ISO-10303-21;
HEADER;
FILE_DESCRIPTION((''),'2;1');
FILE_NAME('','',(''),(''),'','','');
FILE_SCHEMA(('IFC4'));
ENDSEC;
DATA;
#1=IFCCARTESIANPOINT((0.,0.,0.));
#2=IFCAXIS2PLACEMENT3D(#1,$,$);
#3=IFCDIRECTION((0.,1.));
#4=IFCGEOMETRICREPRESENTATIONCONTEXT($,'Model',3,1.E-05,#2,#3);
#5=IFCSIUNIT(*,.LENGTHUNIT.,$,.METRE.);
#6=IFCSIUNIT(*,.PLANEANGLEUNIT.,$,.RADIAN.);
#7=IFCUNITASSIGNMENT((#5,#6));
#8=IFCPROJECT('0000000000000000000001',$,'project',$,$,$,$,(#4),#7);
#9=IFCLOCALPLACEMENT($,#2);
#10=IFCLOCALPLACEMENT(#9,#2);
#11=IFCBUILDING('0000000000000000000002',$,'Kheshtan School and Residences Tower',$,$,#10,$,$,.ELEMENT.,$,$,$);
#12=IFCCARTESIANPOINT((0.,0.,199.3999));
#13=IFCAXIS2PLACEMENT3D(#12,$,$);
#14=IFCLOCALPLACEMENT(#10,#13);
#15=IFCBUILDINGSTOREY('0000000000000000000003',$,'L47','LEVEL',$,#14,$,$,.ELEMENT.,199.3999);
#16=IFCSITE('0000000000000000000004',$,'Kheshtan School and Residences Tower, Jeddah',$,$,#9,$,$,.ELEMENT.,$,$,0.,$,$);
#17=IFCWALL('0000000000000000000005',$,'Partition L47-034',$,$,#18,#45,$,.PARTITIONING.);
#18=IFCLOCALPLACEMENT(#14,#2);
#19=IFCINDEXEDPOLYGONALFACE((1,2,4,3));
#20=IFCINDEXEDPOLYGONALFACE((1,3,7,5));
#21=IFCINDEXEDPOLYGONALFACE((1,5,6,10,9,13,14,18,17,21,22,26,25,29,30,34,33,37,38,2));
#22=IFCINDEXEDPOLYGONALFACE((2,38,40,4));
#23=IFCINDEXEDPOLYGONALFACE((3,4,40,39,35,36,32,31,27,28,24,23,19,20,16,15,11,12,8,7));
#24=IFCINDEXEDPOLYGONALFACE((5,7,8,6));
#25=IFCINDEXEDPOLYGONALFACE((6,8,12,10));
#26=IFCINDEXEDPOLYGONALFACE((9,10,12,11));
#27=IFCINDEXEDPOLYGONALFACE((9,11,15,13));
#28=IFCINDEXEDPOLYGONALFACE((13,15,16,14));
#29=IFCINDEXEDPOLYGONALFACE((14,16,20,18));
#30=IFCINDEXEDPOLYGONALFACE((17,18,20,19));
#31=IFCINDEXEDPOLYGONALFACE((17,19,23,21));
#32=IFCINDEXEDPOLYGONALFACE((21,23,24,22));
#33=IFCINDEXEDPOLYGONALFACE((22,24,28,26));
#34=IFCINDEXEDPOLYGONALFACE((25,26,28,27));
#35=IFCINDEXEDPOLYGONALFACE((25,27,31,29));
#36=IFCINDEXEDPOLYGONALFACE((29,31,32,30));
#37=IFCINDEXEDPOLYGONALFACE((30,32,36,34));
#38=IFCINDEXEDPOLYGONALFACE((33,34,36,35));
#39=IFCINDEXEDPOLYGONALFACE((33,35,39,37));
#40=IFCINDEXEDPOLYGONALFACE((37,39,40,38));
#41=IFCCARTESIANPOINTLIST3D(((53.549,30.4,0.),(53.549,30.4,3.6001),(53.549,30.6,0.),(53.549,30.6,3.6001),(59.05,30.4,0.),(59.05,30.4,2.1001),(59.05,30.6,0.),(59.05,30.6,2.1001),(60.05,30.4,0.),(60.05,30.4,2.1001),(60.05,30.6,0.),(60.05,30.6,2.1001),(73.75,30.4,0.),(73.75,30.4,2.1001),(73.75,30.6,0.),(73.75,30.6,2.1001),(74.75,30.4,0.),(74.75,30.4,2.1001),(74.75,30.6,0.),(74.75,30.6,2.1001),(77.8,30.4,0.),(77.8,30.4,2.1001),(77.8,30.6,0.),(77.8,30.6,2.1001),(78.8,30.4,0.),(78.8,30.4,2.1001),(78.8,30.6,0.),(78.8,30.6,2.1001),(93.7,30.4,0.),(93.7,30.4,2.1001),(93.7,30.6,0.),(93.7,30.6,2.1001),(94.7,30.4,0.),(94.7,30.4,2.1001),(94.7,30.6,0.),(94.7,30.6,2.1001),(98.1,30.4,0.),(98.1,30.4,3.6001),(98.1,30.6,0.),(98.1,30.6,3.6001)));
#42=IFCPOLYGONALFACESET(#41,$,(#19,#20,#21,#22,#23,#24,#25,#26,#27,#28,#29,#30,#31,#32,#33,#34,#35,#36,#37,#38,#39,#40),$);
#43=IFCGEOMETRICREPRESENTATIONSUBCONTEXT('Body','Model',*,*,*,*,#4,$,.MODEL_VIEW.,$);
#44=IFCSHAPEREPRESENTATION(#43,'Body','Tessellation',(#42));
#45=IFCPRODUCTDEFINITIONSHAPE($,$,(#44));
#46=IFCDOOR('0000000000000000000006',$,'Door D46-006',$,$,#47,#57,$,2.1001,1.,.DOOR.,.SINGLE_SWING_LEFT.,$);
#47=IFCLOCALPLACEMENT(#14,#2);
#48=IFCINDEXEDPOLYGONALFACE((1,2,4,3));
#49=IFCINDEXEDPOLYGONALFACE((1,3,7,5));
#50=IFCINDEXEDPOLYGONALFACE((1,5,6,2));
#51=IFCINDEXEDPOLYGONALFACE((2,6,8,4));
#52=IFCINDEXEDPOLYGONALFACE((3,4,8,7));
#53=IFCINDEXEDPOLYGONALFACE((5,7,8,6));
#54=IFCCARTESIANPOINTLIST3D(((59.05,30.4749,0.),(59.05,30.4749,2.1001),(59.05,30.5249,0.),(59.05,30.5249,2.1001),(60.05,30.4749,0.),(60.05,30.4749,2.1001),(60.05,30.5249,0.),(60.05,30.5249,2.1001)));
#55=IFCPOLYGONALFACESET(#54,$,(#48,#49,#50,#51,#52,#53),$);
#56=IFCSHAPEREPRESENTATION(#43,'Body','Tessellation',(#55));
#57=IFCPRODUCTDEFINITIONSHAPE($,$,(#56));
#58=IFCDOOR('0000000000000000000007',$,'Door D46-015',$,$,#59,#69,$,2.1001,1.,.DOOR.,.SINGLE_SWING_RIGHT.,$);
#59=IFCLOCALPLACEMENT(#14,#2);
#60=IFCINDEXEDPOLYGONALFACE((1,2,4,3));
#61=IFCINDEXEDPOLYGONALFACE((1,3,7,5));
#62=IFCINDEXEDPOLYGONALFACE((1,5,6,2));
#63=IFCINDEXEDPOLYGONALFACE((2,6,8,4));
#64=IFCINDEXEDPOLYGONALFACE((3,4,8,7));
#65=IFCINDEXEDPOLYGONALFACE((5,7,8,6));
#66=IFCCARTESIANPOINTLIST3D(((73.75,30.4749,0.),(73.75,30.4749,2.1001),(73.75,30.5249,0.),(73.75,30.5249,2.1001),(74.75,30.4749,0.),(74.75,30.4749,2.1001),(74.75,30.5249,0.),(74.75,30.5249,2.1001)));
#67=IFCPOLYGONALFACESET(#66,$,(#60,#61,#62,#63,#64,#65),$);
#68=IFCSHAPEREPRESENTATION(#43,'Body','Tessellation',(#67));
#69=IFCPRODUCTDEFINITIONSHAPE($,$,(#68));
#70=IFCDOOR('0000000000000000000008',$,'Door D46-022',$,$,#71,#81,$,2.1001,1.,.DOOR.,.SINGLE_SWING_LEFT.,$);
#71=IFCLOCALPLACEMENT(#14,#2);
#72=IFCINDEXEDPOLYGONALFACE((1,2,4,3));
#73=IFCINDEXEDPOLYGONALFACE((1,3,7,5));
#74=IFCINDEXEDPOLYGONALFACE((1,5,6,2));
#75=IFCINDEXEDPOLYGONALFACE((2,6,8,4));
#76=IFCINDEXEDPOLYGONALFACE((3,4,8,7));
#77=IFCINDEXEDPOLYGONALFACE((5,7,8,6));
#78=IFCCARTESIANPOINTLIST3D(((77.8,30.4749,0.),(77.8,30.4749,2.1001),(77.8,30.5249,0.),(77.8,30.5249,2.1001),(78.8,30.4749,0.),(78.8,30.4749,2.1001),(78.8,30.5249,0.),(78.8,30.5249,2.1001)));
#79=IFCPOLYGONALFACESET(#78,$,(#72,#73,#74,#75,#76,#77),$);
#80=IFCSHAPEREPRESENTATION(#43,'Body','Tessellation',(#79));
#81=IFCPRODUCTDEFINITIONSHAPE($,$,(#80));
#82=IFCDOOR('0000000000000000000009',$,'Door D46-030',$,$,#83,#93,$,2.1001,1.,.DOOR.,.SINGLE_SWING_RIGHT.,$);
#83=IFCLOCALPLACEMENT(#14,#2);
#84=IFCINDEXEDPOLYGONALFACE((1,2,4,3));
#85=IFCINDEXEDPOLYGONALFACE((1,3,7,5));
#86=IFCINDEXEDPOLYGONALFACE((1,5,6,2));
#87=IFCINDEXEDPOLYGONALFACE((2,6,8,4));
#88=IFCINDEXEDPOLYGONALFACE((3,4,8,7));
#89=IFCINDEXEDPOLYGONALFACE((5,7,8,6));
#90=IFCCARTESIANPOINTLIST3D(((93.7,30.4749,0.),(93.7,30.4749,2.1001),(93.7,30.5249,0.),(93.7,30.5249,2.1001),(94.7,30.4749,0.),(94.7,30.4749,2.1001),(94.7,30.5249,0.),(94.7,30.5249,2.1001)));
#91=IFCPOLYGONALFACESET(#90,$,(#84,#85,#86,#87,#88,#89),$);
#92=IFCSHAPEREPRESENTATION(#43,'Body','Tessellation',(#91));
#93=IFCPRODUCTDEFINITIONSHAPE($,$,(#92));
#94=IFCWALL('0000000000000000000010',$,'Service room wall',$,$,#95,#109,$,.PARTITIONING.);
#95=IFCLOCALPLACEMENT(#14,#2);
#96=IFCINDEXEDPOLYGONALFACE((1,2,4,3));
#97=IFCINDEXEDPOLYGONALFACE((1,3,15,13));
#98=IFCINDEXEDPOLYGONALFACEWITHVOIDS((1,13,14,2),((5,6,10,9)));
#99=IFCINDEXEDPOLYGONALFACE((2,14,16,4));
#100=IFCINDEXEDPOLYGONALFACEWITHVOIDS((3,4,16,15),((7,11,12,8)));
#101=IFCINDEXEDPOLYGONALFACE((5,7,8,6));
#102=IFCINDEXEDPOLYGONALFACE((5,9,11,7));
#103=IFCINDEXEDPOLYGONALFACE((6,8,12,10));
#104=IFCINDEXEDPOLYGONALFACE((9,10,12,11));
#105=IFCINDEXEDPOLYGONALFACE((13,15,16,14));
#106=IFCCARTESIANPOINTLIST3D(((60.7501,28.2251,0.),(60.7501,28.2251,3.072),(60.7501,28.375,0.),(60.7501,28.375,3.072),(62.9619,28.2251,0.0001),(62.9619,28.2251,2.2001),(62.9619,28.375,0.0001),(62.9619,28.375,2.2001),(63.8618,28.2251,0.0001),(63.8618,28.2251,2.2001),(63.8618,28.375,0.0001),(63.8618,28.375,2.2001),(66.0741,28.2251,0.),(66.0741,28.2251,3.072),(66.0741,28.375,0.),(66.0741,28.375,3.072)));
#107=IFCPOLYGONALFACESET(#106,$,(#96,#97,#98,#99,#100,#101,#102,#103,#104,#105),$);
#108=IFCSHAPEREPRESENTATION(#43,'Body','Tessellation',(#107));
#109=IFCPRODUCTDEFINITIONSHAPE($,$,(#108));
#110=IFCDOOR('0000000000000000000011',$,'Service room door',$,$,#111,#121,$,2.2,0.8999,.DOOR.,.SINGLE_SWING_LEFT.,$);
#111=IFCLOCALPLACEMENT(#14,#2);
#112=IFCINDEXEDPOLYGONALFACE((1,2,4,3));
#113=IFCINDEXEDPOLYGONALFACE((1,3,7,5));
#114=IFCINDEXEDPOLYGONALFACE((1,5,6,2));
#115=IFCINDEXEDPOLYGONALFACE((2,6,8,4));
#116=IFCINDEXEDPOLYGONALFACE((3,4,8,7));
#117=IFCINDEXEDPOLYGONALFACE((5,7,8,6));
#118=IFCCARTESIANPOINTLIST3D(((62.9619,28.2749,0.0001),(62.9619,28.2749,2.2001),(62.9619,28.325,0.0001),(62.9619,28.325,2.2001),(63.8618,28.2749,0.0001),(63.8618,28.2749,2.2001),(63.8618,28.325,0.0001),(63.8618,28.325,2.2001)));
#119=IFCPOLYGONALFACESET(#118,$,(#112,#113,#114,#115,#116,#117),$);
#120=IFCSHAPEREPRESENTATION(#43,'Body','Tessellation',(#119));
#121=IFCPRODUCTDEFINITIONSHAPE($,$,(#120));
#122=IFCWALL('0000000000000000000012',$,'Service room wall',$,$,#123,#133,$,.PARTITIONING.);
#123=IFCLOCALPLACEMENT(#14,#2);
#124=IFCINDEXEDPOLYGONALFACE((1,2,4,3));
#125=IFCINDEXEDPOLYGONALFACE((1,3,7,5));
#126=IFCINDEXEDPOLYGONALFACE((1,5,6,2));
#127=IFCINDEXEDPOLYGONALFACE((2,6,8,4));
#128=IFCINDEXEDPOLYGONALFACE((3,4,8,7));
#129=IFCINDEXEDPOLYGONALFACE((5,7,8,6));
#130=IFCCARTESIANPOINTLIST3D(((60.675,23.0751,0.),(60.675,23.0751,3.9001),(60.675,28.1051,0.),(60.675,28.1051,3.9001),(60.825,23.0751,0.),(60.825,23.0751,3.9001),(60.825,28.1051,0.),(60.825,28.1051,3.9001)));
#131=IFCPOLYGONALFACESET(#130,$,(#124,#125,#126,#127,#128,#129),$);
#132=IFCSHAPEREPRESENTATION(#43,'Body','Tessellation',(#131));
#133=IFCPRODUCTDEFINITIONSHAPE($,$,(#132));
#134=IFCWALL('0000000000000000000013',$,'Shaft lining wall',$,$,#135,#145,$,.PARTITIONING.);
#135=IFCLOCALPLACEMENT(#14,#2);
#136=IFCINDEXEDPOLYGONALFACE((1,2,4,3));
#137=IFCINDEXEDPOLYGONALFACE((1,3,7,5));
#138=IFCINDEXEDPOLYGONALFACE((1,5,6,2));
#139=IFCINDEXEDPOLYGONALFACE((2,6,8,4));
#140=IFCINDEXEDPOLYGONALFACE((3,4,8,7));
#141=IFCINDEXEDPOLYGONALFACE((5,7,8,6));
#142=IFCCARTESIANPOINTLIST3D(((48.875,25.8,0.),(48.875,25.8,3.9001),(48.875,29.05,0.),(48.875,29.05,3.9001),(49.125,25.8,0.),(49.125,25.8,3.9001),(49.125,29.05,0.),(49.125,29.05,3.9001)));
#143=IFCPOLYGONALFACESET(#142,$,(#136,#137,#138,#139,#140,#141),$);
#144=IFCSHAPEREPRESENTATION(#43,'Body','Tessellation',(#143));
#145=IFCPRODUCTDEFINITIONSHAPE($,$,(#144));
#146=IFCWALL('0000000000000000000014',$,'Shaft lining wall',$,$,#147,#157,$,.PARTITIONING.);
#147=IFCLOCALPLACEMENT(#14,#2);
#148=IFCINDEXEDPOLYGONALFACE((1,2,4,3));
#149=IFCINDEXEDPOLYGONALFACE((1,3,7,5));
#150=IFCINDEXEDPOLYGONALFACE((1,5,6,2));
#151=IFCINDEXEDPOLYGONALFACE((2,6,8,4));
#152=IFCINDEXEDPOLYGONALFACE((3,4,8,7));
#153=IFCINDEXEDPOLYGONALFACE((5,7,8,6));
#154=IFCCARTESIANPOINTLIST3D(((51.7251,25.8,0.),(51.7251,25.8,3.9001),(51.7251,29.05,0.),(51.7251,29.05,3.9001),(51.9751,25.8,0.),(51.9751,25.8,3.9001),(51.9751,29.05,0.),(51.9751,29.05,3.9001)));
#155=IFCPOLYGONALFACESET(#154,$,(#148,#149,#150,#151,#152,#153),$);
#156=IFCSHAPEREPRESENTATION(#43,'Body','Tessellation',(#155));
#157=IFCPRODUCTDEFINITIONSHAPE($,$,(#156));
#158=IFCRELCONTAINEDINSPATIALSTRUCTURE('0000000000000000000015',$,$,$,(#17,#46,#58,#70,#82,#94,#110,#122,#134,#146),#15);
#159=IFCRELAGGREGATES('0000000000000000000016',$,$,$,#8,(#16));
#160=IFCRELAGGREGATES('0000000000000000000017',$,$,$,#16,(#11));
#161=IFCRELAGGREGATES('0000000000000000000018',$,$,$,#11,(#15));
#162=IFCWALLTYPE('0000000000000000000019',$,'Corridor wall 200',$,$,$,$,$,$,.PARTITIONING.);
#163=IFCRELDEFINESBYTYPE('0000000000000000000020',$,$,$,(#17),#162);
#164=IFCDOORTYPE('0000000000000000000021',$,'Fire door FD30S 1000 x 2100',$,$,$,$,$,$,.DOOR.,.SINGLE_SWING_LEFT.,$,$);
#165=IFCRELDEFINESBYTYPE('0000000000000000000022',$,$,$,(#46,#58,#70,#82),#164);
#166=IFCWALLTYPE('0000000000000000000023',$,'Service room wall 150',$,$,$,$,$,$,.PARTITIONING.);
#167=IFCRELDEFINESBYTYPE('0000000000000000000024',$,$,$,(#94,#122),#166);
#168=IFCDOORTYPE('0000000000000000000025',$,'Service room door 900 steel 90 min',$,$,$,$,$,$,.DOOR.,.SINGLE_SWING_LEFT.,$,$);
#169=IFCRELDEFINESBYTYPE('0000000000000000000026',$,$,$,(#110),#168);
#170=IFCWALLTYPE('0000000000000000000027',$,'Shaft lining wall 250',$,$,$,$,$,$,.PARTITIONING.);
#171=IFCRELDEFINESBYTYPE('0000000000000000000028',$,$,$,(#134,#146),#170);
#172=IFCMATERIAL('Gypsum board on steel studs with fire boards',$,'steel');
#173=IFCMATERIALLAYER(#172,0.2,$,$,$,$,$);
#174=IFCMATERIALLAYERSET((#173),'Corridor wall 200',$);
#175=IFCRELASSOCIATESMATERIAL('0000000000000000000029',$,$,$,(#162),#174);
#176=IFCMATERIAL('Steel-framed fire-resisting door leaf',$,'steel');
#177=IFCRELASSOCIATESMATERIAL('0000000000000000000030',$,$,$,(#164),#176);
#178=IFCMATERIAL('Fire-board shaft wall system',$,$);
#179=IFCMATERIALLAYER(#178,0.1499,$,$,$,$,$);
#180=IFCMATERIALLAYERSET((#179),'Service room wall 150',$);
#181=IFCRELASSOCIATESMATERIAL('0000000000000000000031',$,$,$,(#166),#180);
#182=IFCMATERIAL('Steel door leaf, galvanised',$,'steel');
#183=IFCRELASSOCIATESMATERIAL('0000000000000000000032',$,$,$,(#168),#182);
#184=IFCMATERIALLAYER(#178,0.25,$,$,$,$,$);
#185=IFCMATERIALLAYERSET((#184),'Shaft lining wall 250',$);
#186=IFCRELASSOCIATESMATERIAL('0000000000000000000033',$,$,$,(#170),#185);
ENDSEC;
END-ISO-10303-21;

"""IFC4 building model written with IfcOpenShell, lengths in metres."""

from ifc_helpers import new_model, si_unit, direction, frame, frame_2d, origin, place, context, subcontext, project, spatial, rectangle, extrude, source, transform, mapped, material, layer, layer_set, type_object, element, fill, save


model = new_model("IFC4")

# Units and contexts
model_context = context("Model", 3, precision=1e-05, world=origin(), true_north=direction((0.0, 1.0)))
body_context = subcontext(model_context, "Body", "Model", "MODEL_VIEW")
ifc_project = project(units=[si_unit("LENGTHUNIT", "METRE"), si_unit("PLANEANGLEUNIT", "RADIAN")], contexts=[model_context])

# Site, building, storey
site_placement = place(None, origin())
site = spatial("IfcSite", under=ifc_project, at=site_placement, Name="Kheshtan School and Residences Tower, Jeddah", CompositionType="ELEMENT", RefElevation=0.0)
building_placement = place(site_placement, origin())
building = spatial("IfcBuilding", under=site, at=building_placement, Name="Kheshtan School and Residences Tower", CompositionType="ELEMENT")
storey_placement = place(building_placement, frame((0.0, 0.0, 199.3999)))
storey = spatial("IfcBuildingStorey", under=building, at=storey_placement, Name="L47", Description="LEVEL", CompositionType="ELEMENT", Elevation=199.3999)

# Shared definitions
ifc_material_1 = material(Name="Gypsum board on steel studs with fire boards", Category="steel")
ifc_layer_1 = layer(ifc_material_1, 0.2)
ifc_layer_set_1 = layer_set([ifc_layer_1], Name="Corridor wall 200")
wall_type_1 = type_object("IfcWallType", Name="Corridor wall 200", PredefinedType="PARTITIONING", material=ifc_layer_set_1)
ifc_material_2 = material(Name="Steel-framed fire-resisting door leaf", Category="steel")

# Wall, openings, doors
wall_1_placement = place(storey_placement, frame((53.5491, 30.5, 0.0), z_axis=(0.0, 0.0, 1.0), x_axis=(1.0, 0.0, 0.0)))
wall_1 = element("IfcWall", 1, at=wall_1_placement, inside=storey, type_object=wall_type_1, Name="Partition L47-034", PredefinedType="PARTITIONING", context=body_context, shape_type="SweptSolid", body=[
    extrude(rectangle(XDim=44.551, YDim=0.2, at=frame_2d((22.2754, 0.0))), origin(), (0.0, 0.0, 1.0), 3.6001),
])
opening_1_placement = place(wall_1_placement, frame((5.501, 0.0, 0.0)))
opening_1 = element("IfcOpeningElement", 2, at=opening_1_placement, cuts=wall_1, PredefinedType="OPENING", context=body_context, shape_type="SweptSolid", body=[
    extrude(rectangle(XDim=1.0, YDim=2.1001, at=frame_2d((0.5, 1.05))), frame((0.0, 0.1099, 0.0), z_axis=(0.0, -1.0, 0.0), x_axis=(1.0, 0.0, 0.0)), (0.0, 0.0, 1.0), 0.22),
])
opening_2_placement = place(wall_1_placement, frame((20.2009, 0.0, 0.0)))
opening_2 = element("IfcOpeningElement", 3, at=opening_2_placement, cuts=wall_1, PredefinedType="OPENING", context=body_context, shape_type="SweptSolid", body=[
    extrude(rectangle(XDim=1.0, YDim=2.1001, at=frame_2d((0.5, 1.05))), frame((0.0, 0.1099, 0.0), z_axis=(0.0, -1.0, 0.0), x_axis=(1.0, 0.0, 0.0)), (0.0, 0.0, 1.0), 0.22),
])
opening_3_placement = place(wall_1_placement, frame((24.251, 0.0, 0.0)))
opening_3 = element("IfcOpeningElement", 4, at=opening_3_placement, cuts=wall_1, PredefinedType="OPENING", context=body_context, shape_type="SweptSolid", body=[
    extrude(rectangle(XDim=1.0, YDim=2.1001, at=frame_2d((0.5, 1.05))), frame((0.0, 0.1099, 0.0), z_axis=(0.0, -1.0, 0.0), x_axis=(1.0, 0.0, 0.0)), (0.0, 0.0, 1.0), 0.22),
])
opening_4_placement = place(wall_1_placement, frame((40.1509, 0.0, 0.0)))
opening_4 = element("IfcOpeningElement", 5, at=opening_4_placement, cuts=wall_1, PredefinedType="OPENING", context=body_context, shape_type="SweptSolid", body=[
    extrude(rectangle(XDim=1.0, YDim=2.1001, at=frame_2d((0.5, 1.05))), frame((0.0, 0.1099, 0.0), z_axis=(0.0, -1.0, 0.0), x_axis=(1.0, 0.0, 0.0)), (0.0, 0.0, 1.0), 0.22),
])
door_type_1 = type_object("IfcDoorType", Name="Fire door FD30S 1000 x 2100", OperationType="SINGLE_SWING_LEFT", PredefinedType="DOOR", material=ifc_material_2)
shared_shape_1 = source(origin(), body_context, "Body", "SweptSolid", [
    extrude(rectangle(XDim=1.0, YDim=2.1001, at=frame_2d((0.5, 1.05))), frame((0.0, 0.0249, 0.0), z_axis=(0.0, -1.0, 0.0), x_axis=(1.0, 0.0, 0.0)), (0.0, 0.0, 1.0), 0.05),
])
door_1_placement = place(opening_1_placement, origin())
door_1 = element("IfcDoor", 6, at=door_1_placement, inside=storey, type_object=door_type_1, Name="Door D46-006", OperationType="SINGLE_SWING_LEFT", OverallHeight=2.1001, OverallWidth=1.0, PredefinedType="DOOR", context=body_context, shape_type="MappedRepresentation", body=[
    mapped(shared_shape_1, transform((0.0, 0.0, 0.0), x_axis=(1.0, 0.0, 0.0), y_axis=(0.0, 1.0, 0.0), z_axis=(0.0, 0.0, 1.0), scale=1.0)),
])
fill(opening_1, door_1)
door_2_placement = place(opening_2_placement, origin())
door_2 = element("IfcDoor", 7, at=door_2_placement, inside=storey, type_object=door_type_1, Name="Door D46-015", OperationType="SINGLE_SWING_RIGHT", OverallHeight=2.1001, OverallWidth=1.0, PredefinedType="DOOR", context=body_context, shape_type="MappedRepresentation", body=[
    mapped(shared_shape_1, transform((0.0, 0.0, 0.0), x_axis=(1.0, 0.0, 0.0), y_axis=(0.0, 1.0, 0.0), z_axis=(0.0, 0.0, 1.0), scale=1.0)),
])
fill(opening_2, door_2)
door_3_placement = place(opening_3_placement, origin())
door_3 = element("IfcDoor", 8, at=door_3_placement, inside=storey, type_object=door_type_1, Name="Door D46-022", OperationType="SINGLE_SWING_LEFT", OverallHeight=2.1001, OverallWidth=1.0, PredefinedType="DOOR", context=body_context, shape_type="MappedRepresentation", body=[
    mapped(shared_shape_1, transform((0.0, 0.0, 0.0), x_axis=(1.0, 0.0, 0.0), y_axis=(0.0, 1.0, 0.0), z_axis=(0.0, 0.0, 1.0), scale=1.0)),
])
fill(opening_3, door_3)
door_4_placement = place(opening_4_placement, origin())
door_4 = element("IfcDoor", 9, at=door_4_placement, inside=storey, type_object=door_type_1, Name="Door D46-030", OperationType="SINGLE_SWING_RIGHT", OverallHeight=2.1001, OverallWidth=1.0, PredefinedType="DOOR", context=body_context, shape_type="MappedRepresentation", body=[
    mapped(shared_shape_1, transform((0.0, 0.0, 0.0), x_axis=(1.0, 0.0, 0.0), y_axis=(0.0, 1.0, 0.0), z_axis=(0.0, 0.0, 1.0), scale=1.0)),
])
fill(opening_4, door_4)

# Wall, opening, door
ifc_material_3 = material(Name="Fire-board shaft wall system")
ifc_layer_2 = layer(ifc_material_3, 0.1499)
ifc_layer_set_2 = layer_set([ifc_layer_2], Name="Service room wall 150")
wall_type_2 = type_object("IfcWallType", Name="Service room wall 150", PredefinedType="PARTITIONING", material=ifc_layer_set_2)
wall_2_placement = place(storey_placement, frame((60.75, 28.3, 0.0), z_axis=(0.0, 0.0, 1.0), x_axis=(1.0, 0.0, 0.0)))
wall_2 = element("IfcWall", 10, at=wall_2_placement, inside=storey, type_object=wall_type_2, Name="Service room wall", PredefinedType="PARTITIONING", context=body_context, shape_type="SweptSolid", body=[
    extrude(rectangle(XDim=5.324, YDim=0.1499, at=frame_2d((2.6621, 0.0))), origin(), (0.0, 0.0, 1.0), 3.072),
])
opening_5_placement = place(wall_2_placement, frame((2.2119, 0.0, 0.0)))
opening_5 = element("IfcOpeningElement", 11, at=opening_5_placement, cuts=wall_2, PredefinedType="OPENING", context=body_context, shape_type="SweptSolid", body=[
    extrude(rectangle(XDim=0.8999, YDim=2.2, at=frame_2d((0.45, 1.1001))), frame((0.0, 0.085, 0.0), z_axis=(0.0, -1.0, 0.0), x_axis=(1.0, 0.0, 0.0)), (0.0, 0.0, 1.0), 0.1699),
])
ifc_material_4 = material(Name="Steel door leaf, galvanised", Category="steel")
door_type_2 = type_object("IfcDoorType", Name="Service room door 900 steel 90 min", OperationType="SINGLE_SWING_LEFT", PredefinedType="DOOR", material=ifc_material_4)
shared_shape_2 = source(origin(), body_context, "Body", "SweptSolid", [
    extrude(rectangle(XDim=0.8999, YDim=2.2, at=frame_2d((0.45, 1.1001))), frame((0.0, 0.0249, 0.0), z_axis=(0.0, -1.0, 0.0), x_axis=(1.0, 0.0, 0.0)), (0.0, 0.0, 1.0), 0.05),
])
door_5_placement = place(opening_5_placement, origin())
door_5 = element("IfcDoor", 12, at=door_5_placement, inside=storey, type_object=door_type_2, Name="Service room door", OperationType="SINGLE_SWING_LEFT", OverallHeight=2.2, OverallWidth=0.8999, PredefinedType="DOOR", context=body_context, shape_type="MappedRepresentation", body=[
    mapped(shared_shape_2, transform((0.0, 0.0, 0.0), x_axis=(1.0, 0.0, 0.0), y_axis=(0.0, 1.0, 0.0), z_axis=(0.0, 0.0, 1.0), scale=1.0)),
])
fill(opening_5, door_5)

# Walls
wall_3_placement = place(storey_placement, frame((60.75, 23.075, 0.0), z_axis=(0.0, 0.0, 1.0), x_axis=(0.0, 1.0, 0.0)))
element("IfcWall", 13, at=wall_3_placement, inside=storey, type_object=wall_type_2, Name="Service room wall", PredefinedType="PARTITIONING", context=body_context, shape_type="SweptSolid", body=[
    extrude(rectangle(XDim=5.03, YDim=0.1499, at=frame_2d((2.5151, 0.0))), origin(), (0.0, 0.0, 1.0), 3.9001),
])
ifc_layer_3 = layer(ifc_material_3, 0.25)
ifc_layer_set_3 = layer_set([ifc_layer_3], Name="Shaft lining wall 250")
wall_type_3 = type_object("IfcWallType", Name="Shaft lining wall 250", PredefinedType="PARTITIONING", material=ifc_layer_set_3)
for number, where, z_axis, x_axis, name in (
    (14, (49.0, 25.8, 0.0), (0.0, 0.0, 1.0), (0.0, 1.0, 0.0), "Shaft lining wall"),
    (15, (51.8501, 25.8, 0.0), (0.0, 0.0, 1.0), (0.0, 1.0, 0.0), "Shaft lining wall"),
):
    element("IfcWall", number, at=place(storey_placement, frame(where, z_axis=z_axis, x_axis=x_axis)), inside=storey, type_object=wall_type_3, Name=name, PredefinedType="PARTITIONING", context=body_context, shape_type="SweptSolid", body=[
        extrude(rectangle(XDim=3.25, YDim=0.25, at=frame_2d((1.625, 0.0))), origin(), (0.0, 0.0, 1.0), 3.9001),
    ])

save(model, "model.ifc")
